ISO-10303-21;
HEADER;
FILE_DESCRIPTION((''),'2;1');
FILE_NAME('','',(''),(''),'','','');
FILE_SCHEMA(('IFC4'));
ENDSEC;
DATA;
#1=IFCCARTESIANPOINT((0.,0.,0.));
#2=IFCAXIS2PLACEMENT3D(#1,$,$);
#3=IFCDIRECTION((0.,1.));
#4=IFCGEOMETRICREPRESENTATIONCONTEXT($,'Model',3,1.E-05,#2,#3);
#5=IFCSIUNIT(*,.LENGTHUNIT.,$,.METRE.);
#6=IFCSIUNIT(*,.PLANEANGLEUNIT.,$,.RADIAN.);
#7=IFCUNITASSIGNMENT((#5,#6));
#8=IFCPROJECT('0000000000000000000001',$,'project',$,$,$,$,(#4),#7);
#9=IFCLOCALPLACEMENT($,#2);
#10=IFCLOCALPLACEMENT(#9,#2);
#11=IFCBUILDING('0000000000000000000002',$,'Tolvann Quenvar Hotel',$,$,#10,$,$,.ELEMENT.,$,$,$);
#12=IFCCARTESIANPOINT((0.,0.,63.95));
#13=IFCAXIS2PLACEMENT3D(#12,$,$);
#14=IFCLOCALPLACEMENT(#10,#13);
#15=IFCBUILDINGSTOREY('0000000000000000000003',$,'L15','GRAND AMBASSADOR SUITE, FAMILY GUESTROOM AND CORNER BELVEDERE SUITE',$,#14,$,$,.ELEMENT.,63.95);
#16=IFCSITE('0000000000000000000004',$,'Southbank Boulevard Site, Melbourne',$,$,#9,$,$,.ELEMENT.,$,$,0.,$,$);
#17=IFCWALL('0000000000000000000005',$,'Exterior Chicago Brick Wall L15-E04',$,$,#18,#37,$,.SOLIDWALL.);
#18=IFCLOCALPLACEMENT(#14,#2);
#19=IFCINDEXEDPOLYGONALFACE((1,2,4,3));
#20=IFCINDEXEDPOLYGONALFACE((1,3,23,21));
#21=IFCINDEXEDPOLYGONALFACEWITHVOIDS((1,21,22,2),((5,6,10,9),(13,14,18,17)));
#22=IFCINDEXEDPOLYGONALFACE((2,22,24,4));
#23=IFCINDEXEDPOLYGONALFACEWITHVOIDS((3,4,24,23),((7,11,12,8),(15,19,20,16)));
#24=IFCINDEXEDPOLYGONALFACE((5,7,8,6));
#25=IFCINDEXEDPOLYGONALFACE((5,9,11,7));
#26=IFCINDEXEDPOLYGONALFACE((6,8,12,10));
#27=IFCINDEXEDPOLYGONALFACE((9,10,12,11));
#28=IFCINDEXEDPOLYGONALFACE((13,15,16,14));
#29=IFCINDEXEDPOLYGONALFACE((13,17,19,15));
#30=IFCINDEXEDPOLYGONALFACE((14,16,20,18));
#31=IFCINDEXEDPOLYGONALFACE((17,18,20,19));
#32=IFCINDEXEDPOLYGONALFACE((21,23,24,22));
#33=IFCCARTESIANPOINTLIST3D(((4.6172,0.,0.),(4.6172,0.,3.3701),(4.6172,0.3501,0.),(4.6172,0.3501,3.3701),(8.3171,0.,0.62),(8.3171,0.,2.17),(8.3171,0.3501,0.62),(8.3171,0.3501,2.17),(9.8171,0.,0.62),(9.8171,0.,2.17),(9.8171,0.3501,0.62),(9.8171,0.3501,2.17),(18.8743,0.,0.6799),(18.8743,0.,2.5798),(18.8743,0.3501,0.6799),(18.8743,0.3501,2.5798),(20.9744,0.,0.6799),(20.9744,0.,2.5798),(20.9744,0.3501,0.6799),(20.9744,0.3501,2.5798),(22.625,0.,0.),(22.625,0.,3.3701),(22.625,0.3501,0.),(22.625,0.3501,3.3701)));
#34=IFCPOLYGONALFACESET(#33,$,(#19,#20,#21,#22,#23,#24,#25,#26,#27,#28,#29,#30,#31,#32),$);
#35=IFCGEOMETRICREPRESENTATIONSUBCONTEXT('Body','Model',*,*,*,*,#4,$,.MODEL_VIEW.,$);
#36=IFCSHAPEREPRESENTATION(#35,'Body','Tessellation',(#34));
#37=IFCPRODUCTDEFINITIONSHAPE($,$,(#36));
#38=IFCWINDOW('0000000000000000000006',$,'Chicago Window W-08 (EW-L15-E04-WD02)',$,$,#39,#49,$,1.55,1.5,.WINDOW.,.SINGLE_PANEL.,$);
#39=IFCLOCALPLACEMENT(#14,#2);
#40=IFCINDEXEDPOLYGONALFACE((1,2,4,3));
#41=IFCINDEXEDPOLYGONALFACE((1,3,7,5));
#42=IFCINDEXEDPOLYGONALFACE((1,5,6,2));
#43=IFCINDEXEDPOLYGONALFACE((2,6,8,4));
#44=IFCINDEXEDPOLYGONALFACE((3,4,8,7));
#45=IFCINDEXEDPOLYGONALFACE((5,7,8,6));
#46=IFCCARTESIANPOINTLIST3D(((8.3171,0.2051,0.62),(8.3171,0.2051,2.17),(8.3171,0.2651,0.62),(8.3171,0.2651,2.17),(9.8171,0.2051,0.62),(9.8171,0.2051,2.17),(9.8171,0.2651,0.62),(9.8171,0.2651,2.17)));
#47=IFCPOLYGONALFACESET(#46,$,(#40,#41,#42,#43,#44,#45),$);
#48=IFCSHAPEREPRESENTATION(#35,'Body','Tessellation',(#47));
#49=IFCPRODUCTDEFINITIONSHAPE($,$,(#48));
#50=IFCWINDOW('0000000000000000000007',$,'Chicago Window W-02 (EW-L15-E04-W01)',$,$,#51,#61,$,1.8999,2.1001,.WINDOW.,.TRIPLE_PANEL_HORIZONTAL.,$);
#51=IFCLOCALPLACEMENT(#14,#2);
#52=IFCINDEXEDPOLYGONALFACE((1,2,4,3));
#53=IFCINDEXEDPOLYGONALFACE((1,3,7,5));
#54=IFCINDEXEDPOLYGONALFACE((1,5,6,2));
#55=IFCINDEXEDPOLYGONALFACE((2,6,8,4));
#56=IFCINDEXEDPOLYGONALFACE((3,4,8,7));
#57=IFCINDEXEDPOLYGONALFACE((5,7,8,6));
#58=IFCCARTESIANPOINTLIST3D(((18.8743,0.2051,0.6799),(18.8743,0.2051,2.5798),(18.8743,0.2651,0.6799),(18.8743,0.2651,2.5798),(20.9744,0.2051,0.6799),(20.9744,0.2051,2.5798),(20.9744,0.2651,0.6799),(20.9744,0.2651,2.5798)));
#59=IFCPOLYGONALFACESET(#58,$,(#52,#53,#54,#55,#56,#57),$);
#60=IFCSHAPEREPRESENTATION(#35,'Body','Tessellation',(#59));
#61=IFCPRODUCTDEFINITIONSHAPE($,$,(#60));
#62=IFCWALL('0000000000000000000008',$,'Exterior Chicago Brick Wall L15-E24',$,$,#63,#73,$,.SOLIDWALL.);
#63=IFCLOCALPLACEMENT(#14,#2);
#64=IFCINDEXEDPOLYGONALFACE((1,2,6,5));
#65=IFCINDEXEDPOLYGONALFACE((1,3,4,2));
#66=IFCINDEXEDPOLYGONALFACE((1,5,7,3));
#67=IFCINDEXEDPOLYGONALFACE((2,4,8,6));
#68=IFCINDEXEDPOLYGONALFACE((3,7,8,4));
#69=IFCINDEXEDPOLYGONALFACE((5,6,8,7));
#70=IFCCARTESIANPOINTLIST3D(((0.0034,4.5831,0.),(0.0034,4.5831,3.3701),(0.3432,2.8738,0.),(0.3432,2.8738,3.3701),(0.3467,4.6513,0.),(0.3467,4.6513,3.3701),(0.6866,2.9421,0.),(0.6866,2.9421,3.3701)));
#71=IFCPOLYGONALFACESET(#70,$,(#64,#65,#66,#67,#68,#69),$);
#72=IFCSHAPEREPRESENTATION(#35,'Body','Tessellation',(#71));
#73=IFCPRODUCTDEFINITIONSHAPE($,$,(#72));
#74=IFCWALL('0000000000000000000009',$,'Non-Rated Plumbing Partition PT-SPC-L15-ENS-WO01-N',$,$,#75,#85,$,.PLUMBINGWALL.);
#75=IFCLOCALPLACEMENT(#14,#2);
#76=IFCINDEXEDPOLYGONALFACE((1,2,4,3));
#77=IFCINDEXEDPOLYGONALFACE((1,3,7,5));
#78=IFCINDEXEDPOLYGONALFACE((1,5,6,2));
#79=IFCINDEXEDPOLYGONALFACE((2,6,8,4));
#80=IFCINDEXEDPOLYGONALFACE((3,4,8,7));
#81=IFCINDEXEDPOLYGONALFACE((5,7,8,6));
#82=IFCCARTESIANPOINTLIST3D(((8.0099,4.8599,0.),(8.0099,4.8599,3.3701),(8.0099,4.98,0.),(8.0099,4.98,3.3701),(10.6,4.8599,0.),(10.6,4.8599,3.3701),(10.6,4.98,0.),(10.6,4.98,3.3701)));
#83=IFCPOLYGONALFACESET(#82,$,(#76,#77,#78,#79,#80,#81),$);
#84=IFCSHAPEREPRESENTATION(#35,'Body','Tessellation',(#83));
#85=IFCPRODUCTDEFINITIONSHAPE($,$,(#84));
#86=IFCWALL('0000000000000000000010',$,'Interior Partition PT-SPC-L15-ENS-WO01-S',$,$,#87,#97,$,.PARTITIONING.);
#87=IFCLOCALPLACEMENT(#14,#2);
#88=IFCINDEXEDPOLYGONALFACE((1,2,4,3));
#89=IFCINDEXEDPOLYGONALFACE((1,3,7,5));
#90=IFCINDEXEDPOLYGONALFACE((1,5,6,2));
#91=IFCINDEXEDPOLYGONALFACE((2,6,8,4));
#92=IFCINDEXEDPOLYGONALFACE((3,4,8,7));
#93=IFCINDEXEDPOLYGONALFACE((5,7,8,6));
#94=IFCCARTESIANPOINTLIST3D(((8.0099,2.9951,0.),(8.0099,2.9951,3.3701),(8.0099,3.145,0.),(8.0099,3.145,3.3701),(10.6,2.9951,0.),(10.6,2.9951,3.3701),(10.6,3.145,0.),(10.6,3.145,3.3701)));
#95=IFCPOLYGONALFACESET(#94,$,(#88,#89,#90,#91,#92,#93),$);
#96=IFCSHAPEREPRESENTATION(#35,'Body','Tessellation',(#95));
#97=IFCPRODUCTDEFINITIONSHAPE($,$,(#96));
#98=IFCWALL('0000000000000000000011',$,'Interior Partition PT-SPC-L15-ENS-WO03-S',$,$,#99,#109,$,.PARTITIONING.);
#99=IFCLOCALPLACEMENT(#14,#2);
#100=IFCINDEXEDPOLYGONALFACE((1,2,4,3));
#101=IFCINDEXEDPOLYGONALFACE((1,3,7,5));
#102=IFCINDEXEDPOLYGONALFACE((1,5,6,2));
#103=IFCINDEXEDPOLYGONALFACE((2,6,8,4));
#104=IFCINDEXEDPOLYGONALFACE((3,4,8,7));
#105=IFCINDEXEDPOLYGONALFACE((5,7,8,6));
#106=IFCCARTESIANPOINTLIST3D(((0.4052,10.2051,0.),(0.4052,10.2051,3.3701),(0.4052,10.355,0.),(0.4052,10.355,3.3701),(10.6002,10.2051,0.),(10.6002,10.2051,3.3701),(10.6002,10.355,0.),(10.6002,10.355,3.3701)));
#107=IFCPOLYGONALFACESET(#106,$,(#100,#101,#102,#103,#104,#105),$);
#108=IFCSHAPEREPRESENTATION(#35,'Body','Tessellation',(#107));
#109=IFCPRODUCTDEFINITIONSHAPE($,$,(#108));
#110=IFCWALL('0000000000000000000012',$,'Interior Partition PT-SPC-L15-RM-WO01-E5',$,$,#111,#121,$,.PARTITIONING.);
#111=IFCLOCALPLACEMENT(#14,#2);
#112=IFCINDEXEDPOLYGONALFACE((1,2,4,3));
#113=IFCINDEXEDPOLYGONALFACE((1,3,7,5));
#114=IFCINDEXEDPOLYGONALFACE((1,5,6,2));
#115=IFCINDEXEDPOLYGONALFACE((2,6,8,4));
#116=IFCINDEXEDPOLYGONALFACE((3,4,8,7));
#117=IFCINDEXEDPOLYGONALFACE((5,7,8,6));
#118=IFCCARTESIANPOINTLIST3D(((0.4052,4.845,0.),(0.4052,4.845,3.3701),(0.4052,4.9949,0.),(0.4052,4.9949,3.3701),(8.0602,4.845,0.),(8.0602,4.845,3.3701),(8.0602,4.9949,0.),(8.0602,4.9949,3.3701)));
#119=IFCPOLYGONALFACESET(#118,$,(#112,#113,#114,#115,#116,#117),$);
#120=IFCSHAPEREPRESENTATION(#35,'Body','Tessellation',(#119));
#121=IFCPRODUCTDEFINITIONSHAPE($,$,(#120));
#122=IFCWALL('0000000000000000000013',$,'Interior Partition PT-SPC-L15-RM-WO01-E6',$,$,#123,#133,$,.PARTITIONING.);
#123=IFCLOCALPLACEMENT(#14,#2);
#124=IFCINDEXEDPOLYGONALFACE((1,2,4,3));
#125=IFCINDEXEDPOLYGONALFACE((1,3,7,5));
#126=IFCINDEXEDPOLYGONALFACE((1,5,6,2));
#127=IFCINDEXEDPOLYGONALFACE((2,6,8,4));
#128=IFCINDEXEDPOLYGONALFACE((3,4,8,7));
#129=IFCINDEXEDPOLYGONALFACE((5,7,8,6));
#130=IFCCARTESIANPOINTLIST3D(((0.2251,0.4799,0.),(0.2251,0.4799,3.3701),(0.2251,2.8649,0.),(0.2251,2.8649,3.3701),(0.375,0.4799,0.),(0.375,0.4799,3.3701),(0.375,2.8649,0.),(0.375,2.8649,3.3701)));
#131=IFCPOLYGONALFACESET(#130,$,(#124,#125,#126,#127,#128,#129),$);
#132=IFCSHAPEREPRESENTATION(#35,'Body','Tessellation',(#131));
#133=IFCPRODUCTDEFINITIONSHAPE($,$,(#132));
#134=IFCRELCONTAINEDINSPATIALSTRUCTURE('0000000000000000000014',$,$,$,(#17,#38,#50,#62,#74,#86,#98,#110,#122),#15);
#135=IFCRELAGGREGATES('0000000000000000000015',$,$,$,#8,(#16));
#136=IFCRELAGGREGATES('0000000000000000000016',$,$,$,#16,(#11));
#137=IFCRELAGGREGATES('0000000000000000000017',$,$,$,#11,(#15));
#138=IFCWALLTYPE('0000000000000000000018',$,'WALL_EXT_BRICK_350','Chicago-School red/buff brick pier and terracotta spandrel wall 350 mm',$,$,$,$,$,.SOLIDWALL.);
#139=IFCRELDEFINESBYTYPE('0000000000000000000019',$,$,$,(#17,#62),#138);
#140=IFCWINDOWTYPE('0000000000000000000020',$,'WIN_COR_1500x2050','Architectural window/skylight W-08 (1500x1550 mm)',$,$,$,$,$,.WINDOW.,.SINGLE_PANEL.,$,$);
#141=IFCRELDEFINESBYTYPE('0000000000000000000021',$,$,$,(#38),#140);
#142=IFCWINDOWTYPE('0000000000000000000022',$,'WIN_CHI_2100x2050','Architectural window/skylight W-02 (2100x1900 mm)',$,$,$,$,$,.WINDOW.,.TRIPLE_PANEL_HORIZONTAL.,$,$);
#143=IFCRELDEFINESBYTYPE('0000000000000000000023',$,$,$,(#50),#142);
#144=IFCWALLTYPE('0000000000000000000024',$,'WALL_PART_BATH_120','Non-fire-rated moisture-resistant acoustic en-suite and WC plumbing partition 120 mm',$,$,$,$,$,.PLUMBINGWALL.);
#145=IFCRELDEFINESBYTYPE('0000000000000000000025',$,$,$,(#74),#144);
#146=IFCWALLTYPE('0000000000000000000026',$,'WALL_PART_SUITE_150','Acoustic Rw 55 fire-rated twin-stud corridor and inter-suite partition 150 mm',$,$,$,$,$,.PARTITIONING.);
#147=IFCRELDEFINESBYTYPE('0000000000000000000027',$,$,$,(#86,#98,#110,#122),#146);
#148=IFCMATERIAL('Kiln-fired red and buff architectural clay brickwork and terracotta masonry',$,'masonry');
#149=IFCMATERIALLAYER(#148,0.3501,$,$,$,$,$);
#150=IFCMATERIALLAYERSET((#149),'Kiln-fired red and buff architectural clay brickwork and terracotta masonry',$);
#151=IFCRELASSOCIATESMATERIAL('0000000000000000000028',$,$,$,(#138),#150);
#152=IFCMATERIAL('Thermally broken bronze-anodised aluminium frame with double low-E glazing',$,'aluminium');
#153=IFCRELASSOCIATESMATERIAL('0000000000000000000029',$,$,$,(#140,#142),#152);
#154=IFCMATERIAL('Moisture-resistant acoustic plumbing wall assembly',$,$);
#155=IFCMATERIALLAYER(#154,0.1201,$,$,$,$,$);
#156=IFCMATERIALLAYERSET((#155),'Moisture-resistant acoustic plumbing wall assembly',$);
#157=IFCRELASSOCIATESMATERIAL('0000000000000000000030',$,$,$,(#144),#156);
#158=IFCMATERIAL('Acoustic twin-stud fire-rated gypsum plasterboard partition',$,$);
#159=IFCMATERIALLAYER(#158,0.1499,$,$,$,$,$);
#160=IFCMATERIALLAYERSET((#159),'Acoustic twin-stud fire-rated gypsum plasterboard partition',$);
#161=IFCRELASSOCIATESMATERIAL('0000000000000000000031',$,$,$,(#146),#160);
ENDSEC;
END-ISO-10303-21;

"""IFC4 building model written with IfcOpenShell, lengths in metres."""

from ifc_helpers import new_model, si_unit, direction, frame, frame_2d, origin, place, context, subcontext, project, spatial, rectangle, extrude, source, transform, mapped, material, layer, layer_set, type_object, type_shapes, element, fill, save


model = new_model("IFC4")

# Units and contexts
model_context = context("Model", 3, precision=1e-05, world=origin(), true_north=direction((0.0, 1.0)))
body_context = subcontext(model_context, "Body", "Model", "MODEL_VIEW")
ifc_project = project(units=[si_unit("LENGTHUNIT", "METRE"), si_unit("PLANEANGLEUNIT", "RADIAN")], contexts=[model_context])

# Site, building, storey
site_placement = place(None, origin())
site = spatial("IfcSite", under=ifc_project, at=site_placement, Name="Southbank Boulevard Site, Melbourne", CompositionType="ELEMENT", RefElevation=0.0)
building_placement = place(site_placement, origin())
building = spatial("IfcBuilding", under=site, at=building_placement, Name="Tolvann Quenvar Hotel", CompositionType="ELEMENT")
storey_placement = place(building_placement, frame((0.0, 0.0, 63.95)))
storey = spatial("IfcBuildingStorey", under=building, at=storey_placement, Name="L15", Description="GRAND AMBASSADOR SUITE, FAMILY GUESTROOM AND CORNER BELVEDERE SUITE", CompositionType="ELEMENT", Elevation=63.95)

# Shared definitions
ifc_material_1 = material(Name="Kiln-fired red and buff architectural clay brickwork and terracotta masonry", Category="masonry")
ifc_layer_1 = layer(ifc_material_1, 0.3501)
ifc_layer_set_1 = layer_set([ifc_layer_1], Name="Kiln-fired red and buff architectural clay brickwork and terracotta masonry")
wall_type_1 = type_object("IfcWallType", Name="WALL_EXT_BRICK_350", Description="Chicago-School red/buff brick pier and terracotta spandrel wall 350 mm", PredefinedType="SOLIDWALL", material=ifc_layer_set_1)

# Wall, openings, windows
wall_1_placement = place(storey_placement, frame((4.6172, 0.175, 0.0), z_axis=(0.0, 0.0, 1.0), x_axis=(1.0, 0.0, 0.0)))
wall_1 = element("IfcWall", 1, at=wall_1_placement, inside=storey, type_object=wall_type_1, Name="Exterior Chicago Brick Wall L15-E04", PredefinedType="SOLIDWALL", context=body_context, shape_type="SweptSolid", body=[
    extrude(rectangle(XDim=18.0078, YDim=0.3501, at=frame_2d((9.0039, 0.0))), origin(), (0.0, 0.0, 1.0), 3.3701),
])
opening_1_placement = place(wall_1_placement, frame((14.2571, 0.0, 0.6799)))
opening_1 = element("IfcOpeningElement", 2, at=opening_1_placement, cuts=wall_1, PredefinedType="OPENING", context=body_context, shape_type="SweptSolid", body=[
    extrude(rectangle(XDim=2.1001, YDim=1.8999, at=frame_2d((1.05, 0.95))), frame((0.0, 0.1851, 0.0), z_axis=(0.0, -1.0, 0.0), x_axis=(1.0, 0.0, 0.0)), (0.0, 0.0, 1.0), 0.3701),
])
opening_2_placement = place(wall_1_placement, frame((3.7, 0.0, 0.6201)))
opening_2 = element("IfcOpeningElement", 3, at=opening_2_placement, cuts=wall_1, PredefinedType="OPENING", context=body_context, shape_type="SweptSolid", body=[
    extrude(rectangle(XDim=1.5, YDim=1.55, at=frame_2d((0.75, 0.7749))), frame((0.0, 0.1851, 0.0), z_axis=(0.0, -1.0, 0.0), x_axis=(1.0, 0.0, 0.0)), (0.0, 0.0, 1.0), 0.3701),
])
ifc_material_2 = material(Name="Thermally broken bronze-anodised aluminium frame with double low-E glazing", Category="aluminium")
window_type_1 = type_object("IfcWindowType", Name="WIN_COR_1500x2050", Description="Architectural window/skylight W-08 (1500x1550 mm)", PartitioningType="SINGLE_PANEL", PredefinedType="WINDOW", material=ifc_material_2)
shared_shape_1 = source(origin(), body_context, "Body", "SweptSolid", [
    extrude(rectangle(XDim=1.5, YDim=1.55, at=frame_2d((0.75, 0.7749))), frame((0.0, 0.0901, 0.0), z_axis=(0.0, -1.0, 0.0), x_axis=(1.0, 0.0, 0.0)), (0.0, 0.0, 1.0), 0.0601),
])
type_shapes(window_type_1, [shared_shape_1])
window_1_placement = place(opening_2_placement, origin())
window_1 = element("IfcWindow", 4, at=window_1_placement, inside=storey, type_object=window_type_1, Name="Chicago Window W-08 (EW-L15-E04-WD02)", OverallHeight=1.55, OverallWidth=1.5, PartitioningType="SINGLE_PANEL", PredefinedType="WINDOW", context=body_context, shape_type="MappedRepresentation", body=[
    mapped(shared_shape_1, transform((0.0, 0.0, 0.0), x_axis=(1.0, 0.0, 0.0), y_axis=(0.0, 1.0, 0.0), z_axis=(0.0, 0.0, 1.0), scale=1.0)),
])
fill(opening_2, window_1)
window_type_2 = type_object("IfcWindowType", Name="WIN_CHI_2100x2050", Description="Architectural window/skylight W-02 (2100x1900 mm)", PartitioningType="TRIPLE_PANEL_HORIZONTAL", PredefinedType="WINDOW", material=ifc_material_2)
shared_shape_2 = source(origin(), body_context, "Body", "SweptSolid", [
    extrude(rectangle(XDim=2.1001, YDim=1.8999, at=frame_2d((1.05, 0.95))), frame((0.0, 0.0901, 0.0), z_axis=(0.0, -1.0, 0.0), x_axis=(1.0, 0.0, 0.0)), (0.0, 0.0, 1.0), 0.0601),
])
type_shapes(window_type_2, [shared_shape_2])
window_2_placement = place(opening_1_placement, origin())
window_2 = element("IfcWindow", 5, at=window_2_placement, inside=storey, type_object=window_type_2, Name="Chicago Window W-02 (EW-L15-E04-W01)", OverallHeight=1.8999, OverallWidth=2.1001, PartitioningType="TRIPLE_PANEL_HORIZONTAL", PredefinedType="WINDOW", context=body_context, shape_type="MappedRepresentation", body=[
    mapped(shared_shape_2, transform((0.0, 0.0, 0.0), x_axis=(1.0, 0.0, 0.0), y_axis=(0.0, 1.0, 0.0), z_axis=(0.0, 0.0, 1.0), scale=1.0)),
])
fill(opening_1, window_2)

# Walls
wall_2_placement = place(storey_placement, frame((0.175, 4.6172, 0.0), z_axis=(0.0, 0.0, 1.0), x_axis=(0.195011, -0.980801, 0.0)))
element("IfcWall", 6, at=wall_2_placement, inside=storey, type_object=wall_type_1, Name="Exterior Chicago Brick Wall L15-E24", PredefinedType="SOLIDWALL", context=body_context, shape_type="SweptSolid", body=[
    extrude(rectangle(XDim=1.7427, YDim=0.3501, at=frame_2d((0.8713, 0.0))), origin(), (0.0, 0.0, 1.0), 3.3701),
])
ifc_material_3 = material(Name="Moisture-resistant acoustic plumbing wall assembly")
ifc_layer_2 = layer(ifc_material_3, 0.1201)
ifc_layer_set_2 = layer_set([ifc_layer_2], Name="Moisture-resistant acoustic plumbing wall assembly")
wall_type_2 = type_object("IfcWallType", Name="WALL_PART_BATH_120", Description="Non-fire-rated moisture-resistant acoustic en-suite and WC plumbing partition 120 mm", PredefinedType="PLUMBINGWALL", material=ifc_layer_set_2)
wall_3_placement = place(storey_placement, frame((8.01, 4.9199, 0.0), z_axis=(0.0, 0.0, 1.0), x_axis=(1.0, 0.0, 0.0)))
element("IfcWall", 7, at=wall_3_placement, inside=storey, type_object=wall_type_2, Name="Non-Rated Plumbing Partition PT-SPC-L15-ENS-WO01-N", PredefinedType="PLUMBINGWALL", context=body_context, shape_type="SweptSolid", body=[
    extrude(rectangle(XDim=2.5901, YDim=0.1201, at=frame_2d((1.2949, 0.0))), origin(), (0.0, 0.0, 1.0), 3.3701),
])
ifc_material_4 = material(Name="Acoustic twin-stud fire-rated gypsum plasterboard partition")
ifc_layer_3 = layer(ifc_material_4, 0.1499)
ifc_layer_set_3 = layer_set([ifc_layer_3], Name="Acoustic twin-stud fire-rated gypsum plasterboard partition")
wall_type_3 = type_object("IfcWallType", Name="WALL_PART_SUITE_150", Description="Acoustic Rw 55 fire-rated twin-stud corridor and inter-suite partition 150 mm", PredefinedType="PARTITIONING", material=ifc_layer_set_3)
wall_4_placement = place(storey_placement, frame((8.01, 3.0701, 0.0), z_axis=(0.0, 0.0, 1.0), x_axis=(1.0, 0.0, 0.0)))
element("IfcWall", 8, at=wall_4_placement, inside=storey, type_object=wall_type_3, Name="Interior Partition PT-SPC-L15-ENS-WO01-S", PredefinedType="PARTITIONING", context=body_context, shape_type="SweptSolid", body=[
    extrude(rectangle(XDim=2.5901, YDim=0.1499, at=frame_2d((1.2949, 0.0))), origin(), (0.0, 0.0, 1.0), 3.3701),
])
wall_5_placement = place(storey_placement, frame((0.405, 10.28, 0.0), z_axis=(0.0, 0.0, 1.0), x_axis=(1.0, 0.0, 0.0)))
element("IfcWall", 9, at=wall_5_placement, inside=storey, type_object=wall_type_3, Name="Interior Partition PT-SPC-L15-ENS-WO03-S", PredefinedType="PARTITIONING", context=body_context, shape_type="SweptSolid", body=[
    extrude(rectangle(XDim=10.1951, YDim=0.1499, at=frame_2d((5.0977, 0.0))), origin(), (0.0, 0.0, 1.0), 3.3701),
])
wall_6_placement = place(storey_placement, frame((0.405, 4.9199, 0.0), z_axis=(0.0, 0.0, 1.0), x_axis=(1.0, 0.0, 0.0)))
element("IfcWall", 10, at=wall_6_placement, inside=storey, type_object=wall_type_3, Name="Interior Partition PT-SPC-L15-RM-WO01-E5", PredefinedType="PARTITIONING", context=body_context, shape_type="SweptSolid", body=[
    extrude(rectangle(XDim=7.655, YDim=0.1499, at=frame_2d((3.8276, 0.0))), origin(), (0.0, 0.0, 1.0), 3.3701),
])
wall_7_placement = place(storey_placement, frame((0.3, 0.48, 0.0), z_axis=(0.0, 0.0, 1.0), x_axis=(0.0, 1.0, 0.0)))
element("IfcWall", 11, at=wall_7_placement, inside=storey, type_object=wall_type_3, Name="Interior Partition PT-SPC-L15-RM-WO01-E6", PredefinedType="PARTITIONING", context=body_context, shape_type="SweptSolid", body=[
    extrude(rectangle(XDim=2.385, YDim=0.1499, at=frame_2d((1.1924, 0.0))), origin(), (0.0, 0.0, 1.0), 3.3701),
])

save(model, "model.ifc")
